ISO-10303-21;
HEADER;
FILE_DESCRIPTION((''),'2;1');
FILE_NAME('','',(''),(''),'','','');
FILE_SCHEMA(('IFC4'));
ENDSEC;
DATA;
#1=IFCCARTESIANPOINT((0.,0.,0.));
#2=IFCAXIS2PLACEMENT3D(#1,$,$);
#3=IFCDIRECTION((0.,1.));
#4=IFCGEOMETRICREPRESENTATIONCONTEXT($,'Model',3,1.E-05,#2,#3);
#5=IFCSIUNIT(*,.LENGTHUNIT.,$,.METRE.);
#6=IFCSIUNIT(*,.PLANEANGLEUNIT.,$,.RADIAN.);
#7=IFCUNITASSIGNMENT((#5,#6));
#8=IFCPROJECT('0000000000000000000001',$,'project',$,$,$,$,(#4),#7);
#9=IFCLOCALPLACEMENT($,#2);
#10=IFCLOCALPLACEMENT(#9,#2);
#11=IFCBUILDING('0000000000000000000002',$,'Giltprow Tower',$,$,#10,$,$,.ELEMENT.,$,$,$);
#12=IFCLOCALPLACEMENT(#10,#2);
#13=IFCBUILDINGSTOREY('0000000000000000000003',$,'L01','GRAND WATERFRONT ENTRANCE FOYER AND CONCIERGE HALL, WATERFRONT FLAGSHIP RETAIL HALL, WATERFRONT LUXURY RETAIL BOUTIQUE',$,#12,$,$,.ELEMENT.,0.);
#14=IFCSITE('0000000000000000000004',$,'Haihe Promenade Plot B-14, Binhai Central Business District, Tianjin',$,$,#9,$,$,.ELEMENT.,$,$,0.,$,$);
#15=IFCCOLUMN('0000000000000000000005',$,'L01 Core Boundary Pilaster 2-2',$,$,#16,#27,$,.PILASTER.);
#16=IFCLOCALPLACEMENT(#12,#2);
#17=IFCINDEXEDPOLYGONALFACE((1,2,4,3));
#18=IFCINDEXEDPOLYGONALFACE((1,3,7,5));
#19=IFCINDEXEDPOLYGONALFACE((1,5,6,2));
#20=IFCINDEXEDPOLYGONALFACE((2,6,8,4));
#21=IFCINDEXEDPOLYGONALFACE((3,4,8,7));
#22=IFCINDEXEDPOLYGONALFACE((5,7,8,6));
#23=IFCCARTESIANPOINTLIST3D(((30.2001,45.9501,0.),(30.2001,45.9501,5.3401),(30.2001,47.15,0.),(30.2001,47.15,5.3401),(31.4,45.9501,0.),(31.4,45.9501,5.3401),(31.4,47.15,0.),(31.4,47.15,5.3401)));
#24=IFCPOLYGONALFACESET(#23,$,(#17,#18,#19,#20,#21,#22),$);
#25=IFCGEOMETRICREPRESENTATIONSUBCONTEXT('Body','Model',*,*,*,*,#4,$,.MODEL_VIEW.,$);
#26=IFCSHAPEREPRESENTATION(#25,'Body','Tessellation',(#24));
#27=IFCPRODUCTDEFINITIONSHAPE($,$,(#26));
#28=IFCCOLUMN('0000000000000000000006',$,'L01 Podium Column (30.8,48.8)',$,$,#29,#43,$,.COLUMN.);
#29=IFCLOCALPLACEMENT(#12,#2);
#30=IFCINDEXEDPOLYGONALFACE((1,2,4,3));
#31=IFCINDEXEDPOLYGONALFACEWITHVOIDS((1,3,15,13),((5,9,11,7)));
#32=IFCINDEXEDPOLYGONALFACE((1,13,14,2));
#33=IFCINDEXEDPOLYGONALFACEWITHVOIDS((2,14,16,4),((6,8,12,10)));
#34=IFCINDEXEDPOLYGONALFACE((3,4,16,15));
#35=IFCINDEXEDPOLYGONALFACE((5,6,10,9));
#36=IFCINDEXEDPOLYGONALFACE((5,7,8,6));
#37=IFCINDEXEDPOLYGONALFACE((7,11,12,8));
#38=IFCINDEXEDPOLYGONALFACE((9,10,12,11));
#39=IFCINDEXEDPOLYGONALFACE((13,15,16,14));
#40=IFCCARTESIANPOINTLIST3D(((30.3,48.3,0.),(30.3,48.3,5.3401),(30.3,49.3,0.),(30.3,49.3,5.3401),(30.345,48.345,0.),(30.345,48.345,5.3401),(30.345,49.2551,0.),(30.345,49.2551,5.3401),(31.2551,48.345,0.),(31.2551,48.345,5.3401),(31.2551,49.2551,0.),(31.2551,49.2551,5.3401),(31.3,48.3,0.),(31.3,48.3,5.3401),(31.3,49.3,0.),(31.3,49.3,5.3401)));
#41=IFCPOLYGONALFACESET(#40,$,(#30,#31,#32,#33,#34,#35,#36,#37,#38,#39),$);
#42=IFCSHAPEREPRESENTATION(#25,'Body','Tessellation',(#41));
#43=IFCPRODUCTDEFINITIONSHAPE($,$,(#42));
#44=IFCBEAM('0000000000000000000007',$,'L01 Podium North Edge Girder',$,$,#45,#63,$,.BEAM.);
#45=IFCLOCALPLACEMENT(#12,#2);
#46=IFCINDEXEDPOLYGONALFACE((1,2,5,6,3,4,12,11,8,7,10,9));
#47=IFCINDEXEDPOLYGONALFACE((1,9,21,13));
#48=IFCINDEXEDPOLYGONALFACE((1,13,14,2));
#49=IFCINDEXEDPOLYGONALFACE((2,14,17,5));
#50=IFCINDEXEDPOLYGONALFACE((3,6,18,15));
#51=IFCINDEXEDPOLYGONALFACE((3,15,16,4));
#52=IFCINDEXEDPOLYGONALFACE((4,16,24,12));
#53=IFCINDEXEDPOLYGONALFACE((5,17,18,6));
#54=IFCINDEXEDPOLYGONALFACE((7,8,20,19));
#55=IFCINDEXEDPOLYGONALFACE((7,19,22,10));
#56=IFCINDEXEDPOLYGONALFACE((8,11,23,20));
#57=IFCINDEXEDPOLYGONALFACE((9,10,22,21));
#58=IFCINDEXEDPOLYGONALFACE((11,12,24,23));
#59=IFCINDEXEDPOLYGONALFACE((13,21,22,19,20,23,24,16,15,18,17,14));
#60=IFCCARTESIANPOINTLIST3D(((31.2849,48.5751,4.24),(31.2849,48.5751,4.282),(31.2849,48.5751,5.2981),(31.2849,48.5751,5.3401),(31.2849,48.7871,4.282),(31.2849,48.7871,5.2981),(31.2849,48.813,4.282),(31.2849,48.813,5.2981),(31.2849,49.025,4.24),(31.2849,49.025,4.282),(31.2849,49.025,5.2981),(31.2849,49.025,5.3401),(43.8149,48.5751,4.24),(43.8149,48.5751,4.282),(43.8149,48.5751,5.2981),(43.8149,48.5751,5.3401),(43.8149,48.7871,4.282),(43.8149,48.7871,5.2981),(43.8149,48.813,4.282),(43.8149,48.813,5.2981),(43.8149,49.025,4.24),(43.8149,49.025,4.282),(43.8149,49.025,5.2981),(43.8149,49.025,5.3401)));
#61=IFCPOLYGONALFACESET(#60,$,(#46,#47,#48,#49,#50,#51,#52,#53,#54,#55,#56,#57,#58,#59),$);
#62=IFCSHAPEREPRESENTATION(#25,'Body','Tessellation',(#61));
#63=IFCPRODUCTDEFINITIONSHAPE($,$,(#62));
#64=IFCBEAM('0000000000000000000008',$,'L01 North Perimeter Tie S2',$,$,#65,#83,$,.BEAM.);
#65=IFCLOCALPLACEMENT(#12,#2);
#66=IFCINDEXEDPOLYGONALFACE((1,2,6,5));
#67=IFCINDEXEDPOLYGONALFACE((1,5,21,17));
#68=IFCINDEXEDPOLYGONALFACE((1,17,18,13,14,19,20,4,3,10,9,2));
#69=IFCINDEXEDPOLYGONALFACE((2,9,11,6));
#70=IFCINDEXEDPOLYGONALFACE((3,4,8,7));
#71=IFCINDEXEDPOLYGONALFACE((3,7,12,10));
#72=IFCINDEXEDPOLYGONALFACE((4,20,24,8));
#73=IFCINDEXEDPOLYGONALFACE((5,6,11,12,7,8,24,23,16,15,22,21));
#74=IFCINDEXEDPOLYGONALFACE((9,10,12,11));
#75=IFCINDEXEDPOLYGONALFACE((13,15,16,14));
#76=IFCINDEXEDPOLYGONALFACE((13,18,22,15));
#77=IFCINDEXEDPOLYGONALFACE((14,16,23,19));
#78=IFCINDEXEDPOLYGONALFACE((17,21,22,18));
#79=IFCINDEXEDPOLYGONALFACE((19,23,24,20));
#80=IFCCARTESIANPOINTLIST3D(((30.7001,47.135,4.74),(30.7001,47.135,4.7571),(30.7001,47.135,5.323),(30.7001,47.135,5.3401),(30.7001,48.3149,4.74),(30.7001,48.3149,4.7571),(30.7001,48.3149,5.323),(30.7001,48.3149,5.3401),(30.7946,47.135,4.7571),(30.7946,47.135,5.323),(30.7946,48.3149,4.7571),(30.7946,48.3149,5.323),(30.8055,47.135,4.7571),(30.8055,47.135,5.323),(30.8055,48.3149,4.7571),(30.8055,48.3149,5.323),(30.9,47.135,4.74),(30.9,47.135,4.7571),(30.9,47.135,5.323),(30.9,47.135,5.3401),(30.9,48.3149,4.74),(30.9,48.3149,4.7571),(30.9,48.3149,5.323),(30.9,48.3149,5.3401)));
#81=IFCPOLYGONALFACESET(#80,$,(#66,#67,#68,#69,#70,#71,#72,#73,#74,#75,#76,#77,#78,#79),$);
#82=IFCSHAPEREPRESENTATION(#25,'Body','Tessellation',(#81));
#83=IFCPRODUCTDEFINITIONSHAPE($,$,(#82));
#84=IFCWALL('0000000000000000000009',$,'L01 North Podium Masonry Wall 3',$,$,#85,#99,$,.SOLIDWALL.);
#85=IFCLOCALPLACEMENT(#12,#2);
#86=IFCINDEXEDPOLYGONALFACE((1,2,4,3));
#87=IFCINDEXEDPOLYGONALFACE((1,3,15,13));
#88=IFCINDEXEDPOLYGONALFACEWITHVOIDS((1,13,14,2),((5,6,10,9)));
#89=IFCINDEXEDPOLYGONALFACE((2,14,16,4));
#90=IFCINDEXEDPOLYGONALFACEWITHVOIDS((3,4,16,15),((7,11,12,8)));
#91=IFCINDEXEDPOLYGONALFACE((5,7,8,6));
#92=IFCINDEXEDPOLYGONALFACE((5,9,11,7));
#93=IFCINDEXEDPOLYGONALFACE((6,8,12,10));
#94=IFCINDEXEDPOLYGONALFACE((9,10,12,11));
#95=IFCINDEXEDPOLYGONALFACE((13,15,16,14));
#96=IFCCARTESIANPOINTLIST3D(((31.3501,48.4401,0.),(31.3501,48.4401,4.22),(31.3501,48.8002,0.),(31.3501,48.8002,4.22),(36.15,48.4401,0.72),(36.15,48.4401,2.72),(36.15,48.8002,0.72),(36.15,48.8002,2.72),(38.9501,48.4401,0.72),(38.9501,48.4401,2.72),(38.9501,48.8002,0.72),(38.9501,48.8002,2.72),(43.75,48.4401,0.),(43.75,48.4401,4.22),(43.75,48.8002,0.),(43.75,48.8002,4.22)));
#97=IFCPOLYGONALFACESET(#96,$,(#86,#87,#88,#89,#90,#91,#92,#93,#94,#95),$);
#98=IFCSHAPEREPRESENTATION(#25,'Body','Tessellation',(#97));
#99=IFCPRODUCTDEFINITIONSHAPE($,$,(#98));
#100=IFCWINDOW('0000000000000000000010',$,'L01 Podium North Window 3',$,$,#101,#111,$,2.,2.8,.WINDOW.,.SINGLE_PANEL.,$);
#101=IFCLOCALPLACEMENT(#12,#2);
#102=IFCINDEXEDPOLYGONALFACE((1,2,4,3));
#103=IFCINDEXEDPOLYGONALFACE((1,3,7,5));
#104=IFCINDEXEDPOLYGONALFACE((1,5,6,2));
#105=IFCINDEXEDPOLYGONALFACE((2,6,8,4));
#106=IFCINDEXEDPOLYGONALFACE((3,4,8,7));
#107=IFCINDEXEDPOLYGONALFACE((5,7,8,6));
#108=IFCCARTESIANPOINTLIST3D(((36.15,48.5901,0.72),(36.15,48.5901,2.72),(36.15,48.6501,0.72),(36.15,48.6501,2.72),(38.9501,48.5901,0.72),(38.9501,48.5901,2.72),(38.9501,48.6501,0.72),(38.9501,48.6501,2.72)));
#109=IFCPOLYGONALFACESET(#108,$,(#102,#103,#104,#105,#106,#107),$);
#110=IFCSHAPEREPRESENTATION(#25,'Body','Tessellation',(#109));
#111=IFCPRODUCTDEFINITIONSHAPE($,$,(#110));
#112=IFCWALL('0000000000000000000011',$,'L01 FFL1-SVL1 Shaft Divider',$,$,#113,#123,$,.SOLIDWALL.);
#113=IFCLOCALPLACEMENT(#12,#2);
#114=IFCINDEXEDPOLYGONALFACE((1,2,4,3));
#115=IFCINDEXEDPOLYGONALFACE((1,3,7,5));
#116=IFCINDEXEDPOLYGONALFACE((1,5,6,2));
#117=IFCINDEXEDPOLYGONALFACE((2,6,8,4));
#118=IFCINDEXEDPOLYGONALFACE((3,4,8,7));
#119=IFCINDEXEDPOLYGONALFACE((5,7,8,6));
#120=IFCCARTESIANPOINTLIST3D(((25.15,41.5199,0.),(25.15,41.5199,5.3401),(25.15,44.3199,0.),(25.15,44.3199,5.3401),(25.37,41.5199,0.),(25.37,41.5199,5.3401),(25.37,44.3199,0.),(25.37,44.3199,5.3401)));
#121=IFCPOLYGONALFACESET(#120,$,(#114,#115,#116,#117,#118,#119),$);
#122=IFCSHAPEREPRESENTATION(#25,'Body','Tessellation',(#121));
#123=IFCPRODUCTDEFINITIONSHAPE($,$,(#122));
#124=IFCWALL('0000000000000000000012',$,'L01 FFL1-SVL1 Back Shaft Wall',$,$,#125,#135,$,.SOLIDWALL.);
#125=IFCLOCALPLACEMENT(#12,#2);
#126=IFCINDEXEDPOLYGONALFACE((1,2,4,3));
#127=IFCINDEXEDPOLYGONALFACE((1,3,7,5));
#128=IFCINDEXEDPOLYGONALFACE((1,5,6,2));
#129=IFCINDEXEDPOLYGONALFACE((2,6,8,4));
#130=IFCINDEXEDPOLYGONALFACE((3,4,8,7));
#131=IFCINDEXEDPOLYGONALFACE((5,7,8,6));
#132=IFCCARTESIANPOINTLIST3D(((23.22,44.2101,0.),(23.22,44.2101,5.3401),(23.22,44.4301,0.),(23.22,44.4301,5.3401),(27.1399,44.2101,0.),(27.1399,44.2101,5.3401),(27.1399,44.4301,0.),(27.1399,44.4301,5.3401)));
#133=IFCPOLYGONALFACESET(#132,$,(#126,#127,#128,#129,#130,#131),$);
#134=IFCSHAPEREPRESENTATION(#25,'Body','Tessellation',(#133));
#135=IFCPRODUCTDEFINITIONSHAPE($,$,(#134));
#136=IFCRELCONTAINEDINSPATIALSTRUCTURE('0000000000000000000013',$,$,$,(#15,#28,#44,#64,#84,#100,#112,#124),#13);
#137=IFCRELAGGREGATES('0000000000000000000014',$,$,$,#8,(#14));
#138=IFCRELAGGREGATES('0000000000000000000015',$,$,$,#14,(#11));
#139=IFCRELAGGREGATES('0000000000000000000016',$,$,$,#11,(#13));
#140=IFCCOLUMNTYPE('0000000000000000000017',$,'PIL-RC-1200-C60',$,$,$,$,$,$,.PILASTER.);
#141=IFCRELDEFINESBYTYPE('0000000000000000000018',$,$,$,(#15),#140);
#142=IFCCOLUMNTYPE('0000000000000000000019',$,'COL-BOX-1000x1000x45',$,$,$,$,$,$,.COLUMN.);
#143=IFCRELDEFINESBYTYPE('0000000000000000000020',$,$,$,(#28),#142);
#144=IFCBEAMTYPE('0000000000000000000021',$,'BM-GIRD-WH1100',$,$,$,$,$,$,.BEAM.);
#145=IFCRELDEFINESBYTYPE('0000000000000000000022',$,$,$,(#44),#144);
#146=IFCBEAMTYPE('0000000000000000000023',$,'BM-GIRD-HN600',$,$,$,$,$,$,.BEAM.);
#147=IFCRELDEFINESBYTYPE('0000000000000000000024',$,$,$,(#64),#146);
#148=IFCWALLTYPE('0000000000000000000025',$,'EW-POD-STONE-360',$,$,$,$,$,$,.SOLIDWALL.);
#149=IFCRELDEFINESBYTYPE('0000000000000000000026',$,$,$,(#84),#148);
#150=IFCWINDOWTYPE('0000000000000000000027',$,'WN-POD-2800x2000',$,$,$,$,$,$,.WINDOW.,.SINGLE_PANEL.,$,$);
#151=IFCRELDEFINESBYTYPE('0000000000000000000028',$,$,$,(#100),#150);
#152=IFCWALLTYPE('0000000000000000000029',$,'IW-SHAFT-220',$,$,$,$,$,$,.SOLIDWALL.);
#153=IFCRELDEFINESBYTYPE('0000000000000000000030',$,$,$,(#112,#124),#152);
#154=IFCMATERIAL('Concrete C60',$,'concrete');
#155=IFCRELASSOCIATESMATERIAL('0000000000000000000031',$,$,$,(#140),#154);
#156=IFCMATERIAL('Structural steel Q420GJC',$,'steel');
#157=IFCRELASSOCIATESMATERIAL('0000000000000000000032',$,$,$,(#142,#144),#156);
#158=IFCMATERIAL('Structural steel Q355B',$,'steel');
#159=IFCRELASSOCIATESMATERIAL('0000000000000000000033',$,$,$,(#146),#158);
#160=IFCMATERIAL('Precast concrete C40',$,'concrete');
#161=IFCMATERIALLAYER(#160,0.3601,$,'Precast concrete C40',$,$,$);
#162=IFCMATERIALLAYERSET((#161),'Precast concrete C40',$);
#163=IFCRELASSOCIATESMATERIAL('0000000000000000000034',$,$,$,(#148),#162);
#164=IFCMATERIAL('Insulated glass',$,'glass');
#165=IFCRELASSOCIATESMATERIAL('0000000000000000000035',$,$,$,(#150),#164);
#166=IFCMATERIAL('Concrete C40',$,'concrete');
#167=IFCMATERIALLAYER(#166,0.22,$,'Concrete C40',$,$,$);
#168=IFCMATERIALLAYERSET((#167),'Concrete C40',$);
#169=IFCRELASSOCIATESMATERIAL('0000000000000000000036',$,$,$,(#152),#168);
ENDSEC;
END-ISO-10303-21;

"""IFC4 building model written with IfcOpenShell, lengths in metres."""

from ifc_helpers import new_model, si_unit, direction, frame, frame_2d, origin, origin_2d, place, context, subcontext, project, spatial, rectangle, hollow_rectangle, i_section, extrude, source, transform, mapped, material, layer, layer_set, material_profile, profile_set, type_object, element, fill, save


model = new_model("IFC4")

# Units and contexts
model_context = context("Model", 3, precision=1e-05, world=origin(), true_north=direction((0.0, 1.0)))
body_context = subcontext(model_context, "Body", "Model", "MODEL_VIEW")
ifc_project = project(units=[si_unit("LENGTHUNIT", "METRE"), si_unit("PLANEANGLEUNIT", "RADIAN")], contexts=[model_context])

# Site, building, storey
site_placement = place(None, origin())
site = spatial("IfcSite", under=ifc_project, at=site_placement, Name="Haihe Promenade Plot B-14, Binhai Central Business District, Tianjin", CompositionType="ELEMENT", RefElevation=0.0)
building_placement = place(site_placement, origin())
building = spatial("IfcBuilding", under=site, at=building_placement, Name="Giltprow Tower", CompositionType="ELEMENT")
storey_placement = place(building_placement, origin())
storey = spatial("IfcBuildingStorey", under=building, at=storey_placement, Name="L01", Description="GRAND WATERFRONT ENTRANCE FOYER AND CONCIERGE HALL, WATERFRONT FLAGSHIP RETAIL HALL, WATERFRONT LUXURY RETAIL BOUTIQUE", CompositionType="ELEMENT", Elevation=0.0)

# Columns
ifc_material_1 = material(Name="Concrete C60", Category="concrete")
ifc_material_profile_1 = material_profile(ifc_material_1, rectangle(XDim=1.2, YDim=1.2, at=origin_2d()), Name="RC 1200x1200")
ifc_profile_set_1 = profile_set([ifc_material_profile_1], Name="Concrete C60")
column_type_1 = type_object("IfcColumnType", Name="PIL-RC-1200-C60", PredefinedType="PILASTER", material=ifc_profile_set_1)
shared_shape_1 = source(origin(), body_context, "Body", "SweptSolid", [
    extrude(rectangle(XDim=1.2, YDim=1.2, at=origin_2d()), origin(), (0.0, 0.0, 1.0), 5.3401),
])
column_1_placement = place(storey_placement, frame((30.8, 46.55, 0.0), z_axis=(0.0, 0.0, 1.0), x_axis=(1.0, 0.0, 0.0)))
element("IfcColumn", 1, at=column_1_placement, inside=storey, type_object=column_type_1, Name="L01 Core Boundary Pilaster 2-2", PredefinedType="PILASTER", context=body_context, shape_type="MappedRepresentation", body=[
    mapped(shared_shape_1, transform((0.0, 0.0, 0.0), x_axis=(1.0, 0.0, 0.0), y_axis=(0.0, 1.0, 0.0), z_axis=(0.0, 0.0, 1.0), scale=1.0)),
])
ifc_material_2 = material(Name="Structural steel Q420GJC", Category="steel")
ifc_material_profile_2 = material_profile(ifc_material_2, hollow_rectangle(XDim=1.0, YDim=1.0, WallThickness=0.0449, at=origin_2d()), Name="BOX 1000x1000x45")
ifc_profile_set_2 = profile_set([ifc_material_profile_2], Name="Structural steel Q420GJC")
column_type_2 = type_object("IfcColumnType", Name="COL-BOX-1000x1000x45", PredefinedType="COLUMN", material=ifc_profile_set_2)
shared_shape_2 = source(origin(), body_context, "Body", "SweptSolid", [
    extrude(hollow_rectangle(XDim=1.0, YDim=1.0, WallThickness=0.0449, at=origin_2d()), origin(), (0.0, 0.0, 1.0), 5.3401),
])
column_2_placement = place(storey_placement, frame((30.8, 48.8, 0.0), z_axis=(0.0, 0.0, 1.0), x_axis=(1.0, 0.0, 0.0)))
element("IfcColumn", 2, at=column_2_placement, inside=storey, type_object=column_type_2, Name="L01 Podium Column (30.8,48.8)", PredefinedType="COLUMN", context=body_context, shape_type="MappedRepresentation", body=[
    mapped(shared_shape_2, transform((0.0, 0.0, 0.0), x_axis=(1.0, 0.0, 0.0), y_axis=(0.0, 1.0, 0.0), z_axis=(0.0, 0.0, 1.0), scale=1.0)),
])

# Beams
ifc_material_profile_3 = material_profile(ifc_material_2, i_section(OverallWidth=0.45, OverallDepth=1.1001, WebThickness=0.0259, FlangeThickness=0.042, at=origin_2d()), Name="WH 1100x450x26x42")
ifc_profile_set_3 = profile_set([ifc_material_profile_3], Name="Structural steel Q420GJC")
beam_type_1 = type_object("IfcBeamType", Name="BM-GIRD-WH1100", PredefinedType="BEAM", material=ifc_profile_set_3)
shared_shape_3 = source(origin(), body_context, "Body", "SweptSolid", [
    extrude(i_section(OverallWidth=0.45, OverallDepth=1.1001, WebThickness=0.0259, FlangeThickness=0.042, at=origin_2d()), origin(), (0.0, 0.0, 1.0), 12.53),
])
beam_1_placement = place(storey_placement, frame((31.2849, 48.8, 4.79), z_axis=(1.0, 0.0, 0.0), x_axis=(0.0, 1.0, 0.0)))
element("IfcBeam", 3, at=beam_1_placement, inside=storey, type_object=beam_type_1, Name="L01 Podium North Edge Girder", PredefinedType="BEAM", context=body_context, shape_type="MappedRepresentation", body=[
    mapped(shared_shape_3, transform((0.0, 0.0, 0.0), x_axis=(1.0, 0.0, 0.0), y_axis=(0.0, 1.0, 0.0), z_axis=(0.0, 0.0, 1.0), scale=1.0)),
])
ifc_material_3 = material(Name="Structural steel Q355B", Category="steel")
ifc_material_profile_4 = material_profile(ifc_material_3, i_section(OverallWidth=0.2, OverallDepth=0.6001, WebThickness=0.011, FlangeThickness=0.0171, at=origin_2d()), Name="HN 600x200x11x17")
ifc_profile_set_4 = profile_set([ifc_material_profile_4], Name="Structural steel Q355B")
beam_type_2 = type_object("IfcBeamType", Name="BM-GIRD-HN600", PredefinedType="BEAM", material=ifc_profile_set_4)
shared_shape_4 = source(origin(), body_context, "Body", "SweptSolid", [
    extrude(i_section(OverallWidth=0.2, OverallDepth=0.6001, WebThickness=0.011, FlangeThickness=0.0171, at=origin_2d()), origin(), (0.0, 0.0, 1.0), 1.1799),
])
beam_2_placement = place(storey_placement, frame((30.8, 47.135, 5.04), z_axis=(0.0, 1.0, 0.0), x_axis=(-1.0, 0.0, 0.0)))
element("IfcBeam", 4, at=beam_2_placement, inside=storey, type_object=beam_type_2, Name="L01 North Perimeter Tie S2", PredefinedType="BEAM", context=body_context, shape_type="MappedRepresentation", body=[
    mapped(shared_shape_4, transform((0.0, 0.0, 0.0), x_axis=(1.0, 0.0, 0.0), y_axis=(0.0, 1.0, 0.0), z_axis=(0.0, 0.0, 1.0), scale=1.0)),
])

# Wall, opening, window
ifc_material_4 = material(Name="Precast concrete C40", Category="concrete")
ifc_layer_1 = layer(ifc_material_4, 0.3601, Name="Precast concrete C40")
ifc_layer_set_1 = layer_set([ifc_layer_1], Name="Precast concrete C40")
wall_type_1 = type_object("IfcWallType", Name="EW-POD-STONE-360", PredefinedType="SOLIDWALL", material=ifc_layer_set_1)
wall_1_placement = place(storey_placement, frame((31.3501, 48.6201, 0.0), z_axis=(0.0, 0.0, 1.0), x_axis=(1.0, 0.0, 0.0)))
wall_1 = element("IfcWall", 5, at=wall_1_placement, inside=storey, type_object=wall_type_1, Name="L01 North Podium Masonry Wall 3", PredefinedType="SOLIDWALL", context=body_context, shape_type="SweptSolid", body=[
    extrude(rectangle(XDim=12.3999, YDim=0.3601, at=frame_2d((6.2, 0.0))), origin(), (0.0, 0.0, 1.0), 4.22),
])
opening_1_placement = place(wall_1_placement, frame((4.8, 0.0, 0.72)))
opening_1 = element("IfcOpeningElement", 6, at=opening_1_placement, cuts=wall_1, PredefinedType="OPENING", context=body_context, shape_type="SweptSolid", body=[
    extrude(rectangle(XDim=2.8, YDim=2.0, at=frame_2d((1.3999, 1.0))), frame((0.0, 0.1899, 0.0), z_axis=(0.0, -1.0, 0.0), x_axis=(1.0, 0.0, 0.0)), (0.0, 0.0, 1.0), 0.3801),
])
ifc_material_5 = material(Name="Insulated glass", Category="glass")
window_type = type_object("IfcWindowType", Name="WN-POD-2800x2000", PartitioningType="SINGLE_PANEL", PredefinedType="WINDOW", material=ifc_material_5)
shared_shape_5 = source(origin(), body_context, "Body", "SweptSolid", [
    extrude(rectangle(XDim=2.8, YDim=2.0, at=frame_2d((1.3999, 1.0))), frame((0.0, 0.03, 0.0), z_axis=(0.0, -1.0, 0.0), x_axis=(1.0, 0.0, 0.0)), (0.0, 0.0, 1.0), 0.0601),
])
window_placement = place(opening_1_placement, origin())
window = element("IfcWindow", 7, at=window_placement, inside=storey, type_object=window_type, Name="L01 Podium North Window 3", OverallHeight=2.0, OverallWidth=2.8, PartitioningType="SINGLE_PANEL", PredefinedType="WINDOW", context=body_context, shape_type="MappedRepresentation", body=[
    mapped(shared_shape_5, transform((0.0, 0.0, 0.0), x_axis=(1.0, 0.0, 0.0), y_axis=(0.0, 1.0, 0.0), z_axis=(0.0, 0.0, 1.0), scale=1.0)),
])
fill(opening_1, window)

# Walls
ifc_material_6 = material(Name="Concrete C40", Category="concrete")
ifc_layer_2 = layer(ifc_material_6, 0.22, Name="Concrete C40")
ifc_layer_set_2 = layer_set([ifc_layer_2], Name="Concrete C40")
wall_type_2 = type_object("IfcWallType", Name="IW-SHAFT-220", PredefinedType="SOLIDWALL", material=ifc_layer_set_2)
wall_2_placement = place(storey_placement, frame((25.26, 41.52, 0.0), z_axis=(0.0, 0.0, 1.0), x_axis=(0.0, 1.0, 0.0)))
element("IfcWall", 8, at=wall_2_placement, inside=storey, type_object=wall_type_2, Name="L01 FFL1-SVL1 Shaft Divider", PredefinedType="SOLIDWALL", context=body_context, shape_type="SweptSolid", body=[
    extrude(rectangle(XDim=2.8, YDim=0.22, at=frame_2d((1.3999, 0.0))), origin(), (0.0, 0.0, 1.0), 5.3401),
])
wall_3_placement = place(storey_placement, frame((23.22, 44.3201, 0.0), z_axis=(0.0, 0.0, 1.0), x_axis=(1.0, 0.0, 0.0)))
element("IfcWall", 9, at=wall_3_placement, inside=storey, type_object=wall_type_2, Name="L01 FFL1-SVL1 Back Shaft Wall", PredefinedType="SOLIDWALL", context=body_context, shape_type="SweptSolid", body=[
    extrude(rectangle(XDim=3.9199, YDim=0.22, at=frame_2d((1.96, 0.0))), origin(), (0.0, 0.0, 1.0), 5.3401),
])

save(model, "model.ifc")
